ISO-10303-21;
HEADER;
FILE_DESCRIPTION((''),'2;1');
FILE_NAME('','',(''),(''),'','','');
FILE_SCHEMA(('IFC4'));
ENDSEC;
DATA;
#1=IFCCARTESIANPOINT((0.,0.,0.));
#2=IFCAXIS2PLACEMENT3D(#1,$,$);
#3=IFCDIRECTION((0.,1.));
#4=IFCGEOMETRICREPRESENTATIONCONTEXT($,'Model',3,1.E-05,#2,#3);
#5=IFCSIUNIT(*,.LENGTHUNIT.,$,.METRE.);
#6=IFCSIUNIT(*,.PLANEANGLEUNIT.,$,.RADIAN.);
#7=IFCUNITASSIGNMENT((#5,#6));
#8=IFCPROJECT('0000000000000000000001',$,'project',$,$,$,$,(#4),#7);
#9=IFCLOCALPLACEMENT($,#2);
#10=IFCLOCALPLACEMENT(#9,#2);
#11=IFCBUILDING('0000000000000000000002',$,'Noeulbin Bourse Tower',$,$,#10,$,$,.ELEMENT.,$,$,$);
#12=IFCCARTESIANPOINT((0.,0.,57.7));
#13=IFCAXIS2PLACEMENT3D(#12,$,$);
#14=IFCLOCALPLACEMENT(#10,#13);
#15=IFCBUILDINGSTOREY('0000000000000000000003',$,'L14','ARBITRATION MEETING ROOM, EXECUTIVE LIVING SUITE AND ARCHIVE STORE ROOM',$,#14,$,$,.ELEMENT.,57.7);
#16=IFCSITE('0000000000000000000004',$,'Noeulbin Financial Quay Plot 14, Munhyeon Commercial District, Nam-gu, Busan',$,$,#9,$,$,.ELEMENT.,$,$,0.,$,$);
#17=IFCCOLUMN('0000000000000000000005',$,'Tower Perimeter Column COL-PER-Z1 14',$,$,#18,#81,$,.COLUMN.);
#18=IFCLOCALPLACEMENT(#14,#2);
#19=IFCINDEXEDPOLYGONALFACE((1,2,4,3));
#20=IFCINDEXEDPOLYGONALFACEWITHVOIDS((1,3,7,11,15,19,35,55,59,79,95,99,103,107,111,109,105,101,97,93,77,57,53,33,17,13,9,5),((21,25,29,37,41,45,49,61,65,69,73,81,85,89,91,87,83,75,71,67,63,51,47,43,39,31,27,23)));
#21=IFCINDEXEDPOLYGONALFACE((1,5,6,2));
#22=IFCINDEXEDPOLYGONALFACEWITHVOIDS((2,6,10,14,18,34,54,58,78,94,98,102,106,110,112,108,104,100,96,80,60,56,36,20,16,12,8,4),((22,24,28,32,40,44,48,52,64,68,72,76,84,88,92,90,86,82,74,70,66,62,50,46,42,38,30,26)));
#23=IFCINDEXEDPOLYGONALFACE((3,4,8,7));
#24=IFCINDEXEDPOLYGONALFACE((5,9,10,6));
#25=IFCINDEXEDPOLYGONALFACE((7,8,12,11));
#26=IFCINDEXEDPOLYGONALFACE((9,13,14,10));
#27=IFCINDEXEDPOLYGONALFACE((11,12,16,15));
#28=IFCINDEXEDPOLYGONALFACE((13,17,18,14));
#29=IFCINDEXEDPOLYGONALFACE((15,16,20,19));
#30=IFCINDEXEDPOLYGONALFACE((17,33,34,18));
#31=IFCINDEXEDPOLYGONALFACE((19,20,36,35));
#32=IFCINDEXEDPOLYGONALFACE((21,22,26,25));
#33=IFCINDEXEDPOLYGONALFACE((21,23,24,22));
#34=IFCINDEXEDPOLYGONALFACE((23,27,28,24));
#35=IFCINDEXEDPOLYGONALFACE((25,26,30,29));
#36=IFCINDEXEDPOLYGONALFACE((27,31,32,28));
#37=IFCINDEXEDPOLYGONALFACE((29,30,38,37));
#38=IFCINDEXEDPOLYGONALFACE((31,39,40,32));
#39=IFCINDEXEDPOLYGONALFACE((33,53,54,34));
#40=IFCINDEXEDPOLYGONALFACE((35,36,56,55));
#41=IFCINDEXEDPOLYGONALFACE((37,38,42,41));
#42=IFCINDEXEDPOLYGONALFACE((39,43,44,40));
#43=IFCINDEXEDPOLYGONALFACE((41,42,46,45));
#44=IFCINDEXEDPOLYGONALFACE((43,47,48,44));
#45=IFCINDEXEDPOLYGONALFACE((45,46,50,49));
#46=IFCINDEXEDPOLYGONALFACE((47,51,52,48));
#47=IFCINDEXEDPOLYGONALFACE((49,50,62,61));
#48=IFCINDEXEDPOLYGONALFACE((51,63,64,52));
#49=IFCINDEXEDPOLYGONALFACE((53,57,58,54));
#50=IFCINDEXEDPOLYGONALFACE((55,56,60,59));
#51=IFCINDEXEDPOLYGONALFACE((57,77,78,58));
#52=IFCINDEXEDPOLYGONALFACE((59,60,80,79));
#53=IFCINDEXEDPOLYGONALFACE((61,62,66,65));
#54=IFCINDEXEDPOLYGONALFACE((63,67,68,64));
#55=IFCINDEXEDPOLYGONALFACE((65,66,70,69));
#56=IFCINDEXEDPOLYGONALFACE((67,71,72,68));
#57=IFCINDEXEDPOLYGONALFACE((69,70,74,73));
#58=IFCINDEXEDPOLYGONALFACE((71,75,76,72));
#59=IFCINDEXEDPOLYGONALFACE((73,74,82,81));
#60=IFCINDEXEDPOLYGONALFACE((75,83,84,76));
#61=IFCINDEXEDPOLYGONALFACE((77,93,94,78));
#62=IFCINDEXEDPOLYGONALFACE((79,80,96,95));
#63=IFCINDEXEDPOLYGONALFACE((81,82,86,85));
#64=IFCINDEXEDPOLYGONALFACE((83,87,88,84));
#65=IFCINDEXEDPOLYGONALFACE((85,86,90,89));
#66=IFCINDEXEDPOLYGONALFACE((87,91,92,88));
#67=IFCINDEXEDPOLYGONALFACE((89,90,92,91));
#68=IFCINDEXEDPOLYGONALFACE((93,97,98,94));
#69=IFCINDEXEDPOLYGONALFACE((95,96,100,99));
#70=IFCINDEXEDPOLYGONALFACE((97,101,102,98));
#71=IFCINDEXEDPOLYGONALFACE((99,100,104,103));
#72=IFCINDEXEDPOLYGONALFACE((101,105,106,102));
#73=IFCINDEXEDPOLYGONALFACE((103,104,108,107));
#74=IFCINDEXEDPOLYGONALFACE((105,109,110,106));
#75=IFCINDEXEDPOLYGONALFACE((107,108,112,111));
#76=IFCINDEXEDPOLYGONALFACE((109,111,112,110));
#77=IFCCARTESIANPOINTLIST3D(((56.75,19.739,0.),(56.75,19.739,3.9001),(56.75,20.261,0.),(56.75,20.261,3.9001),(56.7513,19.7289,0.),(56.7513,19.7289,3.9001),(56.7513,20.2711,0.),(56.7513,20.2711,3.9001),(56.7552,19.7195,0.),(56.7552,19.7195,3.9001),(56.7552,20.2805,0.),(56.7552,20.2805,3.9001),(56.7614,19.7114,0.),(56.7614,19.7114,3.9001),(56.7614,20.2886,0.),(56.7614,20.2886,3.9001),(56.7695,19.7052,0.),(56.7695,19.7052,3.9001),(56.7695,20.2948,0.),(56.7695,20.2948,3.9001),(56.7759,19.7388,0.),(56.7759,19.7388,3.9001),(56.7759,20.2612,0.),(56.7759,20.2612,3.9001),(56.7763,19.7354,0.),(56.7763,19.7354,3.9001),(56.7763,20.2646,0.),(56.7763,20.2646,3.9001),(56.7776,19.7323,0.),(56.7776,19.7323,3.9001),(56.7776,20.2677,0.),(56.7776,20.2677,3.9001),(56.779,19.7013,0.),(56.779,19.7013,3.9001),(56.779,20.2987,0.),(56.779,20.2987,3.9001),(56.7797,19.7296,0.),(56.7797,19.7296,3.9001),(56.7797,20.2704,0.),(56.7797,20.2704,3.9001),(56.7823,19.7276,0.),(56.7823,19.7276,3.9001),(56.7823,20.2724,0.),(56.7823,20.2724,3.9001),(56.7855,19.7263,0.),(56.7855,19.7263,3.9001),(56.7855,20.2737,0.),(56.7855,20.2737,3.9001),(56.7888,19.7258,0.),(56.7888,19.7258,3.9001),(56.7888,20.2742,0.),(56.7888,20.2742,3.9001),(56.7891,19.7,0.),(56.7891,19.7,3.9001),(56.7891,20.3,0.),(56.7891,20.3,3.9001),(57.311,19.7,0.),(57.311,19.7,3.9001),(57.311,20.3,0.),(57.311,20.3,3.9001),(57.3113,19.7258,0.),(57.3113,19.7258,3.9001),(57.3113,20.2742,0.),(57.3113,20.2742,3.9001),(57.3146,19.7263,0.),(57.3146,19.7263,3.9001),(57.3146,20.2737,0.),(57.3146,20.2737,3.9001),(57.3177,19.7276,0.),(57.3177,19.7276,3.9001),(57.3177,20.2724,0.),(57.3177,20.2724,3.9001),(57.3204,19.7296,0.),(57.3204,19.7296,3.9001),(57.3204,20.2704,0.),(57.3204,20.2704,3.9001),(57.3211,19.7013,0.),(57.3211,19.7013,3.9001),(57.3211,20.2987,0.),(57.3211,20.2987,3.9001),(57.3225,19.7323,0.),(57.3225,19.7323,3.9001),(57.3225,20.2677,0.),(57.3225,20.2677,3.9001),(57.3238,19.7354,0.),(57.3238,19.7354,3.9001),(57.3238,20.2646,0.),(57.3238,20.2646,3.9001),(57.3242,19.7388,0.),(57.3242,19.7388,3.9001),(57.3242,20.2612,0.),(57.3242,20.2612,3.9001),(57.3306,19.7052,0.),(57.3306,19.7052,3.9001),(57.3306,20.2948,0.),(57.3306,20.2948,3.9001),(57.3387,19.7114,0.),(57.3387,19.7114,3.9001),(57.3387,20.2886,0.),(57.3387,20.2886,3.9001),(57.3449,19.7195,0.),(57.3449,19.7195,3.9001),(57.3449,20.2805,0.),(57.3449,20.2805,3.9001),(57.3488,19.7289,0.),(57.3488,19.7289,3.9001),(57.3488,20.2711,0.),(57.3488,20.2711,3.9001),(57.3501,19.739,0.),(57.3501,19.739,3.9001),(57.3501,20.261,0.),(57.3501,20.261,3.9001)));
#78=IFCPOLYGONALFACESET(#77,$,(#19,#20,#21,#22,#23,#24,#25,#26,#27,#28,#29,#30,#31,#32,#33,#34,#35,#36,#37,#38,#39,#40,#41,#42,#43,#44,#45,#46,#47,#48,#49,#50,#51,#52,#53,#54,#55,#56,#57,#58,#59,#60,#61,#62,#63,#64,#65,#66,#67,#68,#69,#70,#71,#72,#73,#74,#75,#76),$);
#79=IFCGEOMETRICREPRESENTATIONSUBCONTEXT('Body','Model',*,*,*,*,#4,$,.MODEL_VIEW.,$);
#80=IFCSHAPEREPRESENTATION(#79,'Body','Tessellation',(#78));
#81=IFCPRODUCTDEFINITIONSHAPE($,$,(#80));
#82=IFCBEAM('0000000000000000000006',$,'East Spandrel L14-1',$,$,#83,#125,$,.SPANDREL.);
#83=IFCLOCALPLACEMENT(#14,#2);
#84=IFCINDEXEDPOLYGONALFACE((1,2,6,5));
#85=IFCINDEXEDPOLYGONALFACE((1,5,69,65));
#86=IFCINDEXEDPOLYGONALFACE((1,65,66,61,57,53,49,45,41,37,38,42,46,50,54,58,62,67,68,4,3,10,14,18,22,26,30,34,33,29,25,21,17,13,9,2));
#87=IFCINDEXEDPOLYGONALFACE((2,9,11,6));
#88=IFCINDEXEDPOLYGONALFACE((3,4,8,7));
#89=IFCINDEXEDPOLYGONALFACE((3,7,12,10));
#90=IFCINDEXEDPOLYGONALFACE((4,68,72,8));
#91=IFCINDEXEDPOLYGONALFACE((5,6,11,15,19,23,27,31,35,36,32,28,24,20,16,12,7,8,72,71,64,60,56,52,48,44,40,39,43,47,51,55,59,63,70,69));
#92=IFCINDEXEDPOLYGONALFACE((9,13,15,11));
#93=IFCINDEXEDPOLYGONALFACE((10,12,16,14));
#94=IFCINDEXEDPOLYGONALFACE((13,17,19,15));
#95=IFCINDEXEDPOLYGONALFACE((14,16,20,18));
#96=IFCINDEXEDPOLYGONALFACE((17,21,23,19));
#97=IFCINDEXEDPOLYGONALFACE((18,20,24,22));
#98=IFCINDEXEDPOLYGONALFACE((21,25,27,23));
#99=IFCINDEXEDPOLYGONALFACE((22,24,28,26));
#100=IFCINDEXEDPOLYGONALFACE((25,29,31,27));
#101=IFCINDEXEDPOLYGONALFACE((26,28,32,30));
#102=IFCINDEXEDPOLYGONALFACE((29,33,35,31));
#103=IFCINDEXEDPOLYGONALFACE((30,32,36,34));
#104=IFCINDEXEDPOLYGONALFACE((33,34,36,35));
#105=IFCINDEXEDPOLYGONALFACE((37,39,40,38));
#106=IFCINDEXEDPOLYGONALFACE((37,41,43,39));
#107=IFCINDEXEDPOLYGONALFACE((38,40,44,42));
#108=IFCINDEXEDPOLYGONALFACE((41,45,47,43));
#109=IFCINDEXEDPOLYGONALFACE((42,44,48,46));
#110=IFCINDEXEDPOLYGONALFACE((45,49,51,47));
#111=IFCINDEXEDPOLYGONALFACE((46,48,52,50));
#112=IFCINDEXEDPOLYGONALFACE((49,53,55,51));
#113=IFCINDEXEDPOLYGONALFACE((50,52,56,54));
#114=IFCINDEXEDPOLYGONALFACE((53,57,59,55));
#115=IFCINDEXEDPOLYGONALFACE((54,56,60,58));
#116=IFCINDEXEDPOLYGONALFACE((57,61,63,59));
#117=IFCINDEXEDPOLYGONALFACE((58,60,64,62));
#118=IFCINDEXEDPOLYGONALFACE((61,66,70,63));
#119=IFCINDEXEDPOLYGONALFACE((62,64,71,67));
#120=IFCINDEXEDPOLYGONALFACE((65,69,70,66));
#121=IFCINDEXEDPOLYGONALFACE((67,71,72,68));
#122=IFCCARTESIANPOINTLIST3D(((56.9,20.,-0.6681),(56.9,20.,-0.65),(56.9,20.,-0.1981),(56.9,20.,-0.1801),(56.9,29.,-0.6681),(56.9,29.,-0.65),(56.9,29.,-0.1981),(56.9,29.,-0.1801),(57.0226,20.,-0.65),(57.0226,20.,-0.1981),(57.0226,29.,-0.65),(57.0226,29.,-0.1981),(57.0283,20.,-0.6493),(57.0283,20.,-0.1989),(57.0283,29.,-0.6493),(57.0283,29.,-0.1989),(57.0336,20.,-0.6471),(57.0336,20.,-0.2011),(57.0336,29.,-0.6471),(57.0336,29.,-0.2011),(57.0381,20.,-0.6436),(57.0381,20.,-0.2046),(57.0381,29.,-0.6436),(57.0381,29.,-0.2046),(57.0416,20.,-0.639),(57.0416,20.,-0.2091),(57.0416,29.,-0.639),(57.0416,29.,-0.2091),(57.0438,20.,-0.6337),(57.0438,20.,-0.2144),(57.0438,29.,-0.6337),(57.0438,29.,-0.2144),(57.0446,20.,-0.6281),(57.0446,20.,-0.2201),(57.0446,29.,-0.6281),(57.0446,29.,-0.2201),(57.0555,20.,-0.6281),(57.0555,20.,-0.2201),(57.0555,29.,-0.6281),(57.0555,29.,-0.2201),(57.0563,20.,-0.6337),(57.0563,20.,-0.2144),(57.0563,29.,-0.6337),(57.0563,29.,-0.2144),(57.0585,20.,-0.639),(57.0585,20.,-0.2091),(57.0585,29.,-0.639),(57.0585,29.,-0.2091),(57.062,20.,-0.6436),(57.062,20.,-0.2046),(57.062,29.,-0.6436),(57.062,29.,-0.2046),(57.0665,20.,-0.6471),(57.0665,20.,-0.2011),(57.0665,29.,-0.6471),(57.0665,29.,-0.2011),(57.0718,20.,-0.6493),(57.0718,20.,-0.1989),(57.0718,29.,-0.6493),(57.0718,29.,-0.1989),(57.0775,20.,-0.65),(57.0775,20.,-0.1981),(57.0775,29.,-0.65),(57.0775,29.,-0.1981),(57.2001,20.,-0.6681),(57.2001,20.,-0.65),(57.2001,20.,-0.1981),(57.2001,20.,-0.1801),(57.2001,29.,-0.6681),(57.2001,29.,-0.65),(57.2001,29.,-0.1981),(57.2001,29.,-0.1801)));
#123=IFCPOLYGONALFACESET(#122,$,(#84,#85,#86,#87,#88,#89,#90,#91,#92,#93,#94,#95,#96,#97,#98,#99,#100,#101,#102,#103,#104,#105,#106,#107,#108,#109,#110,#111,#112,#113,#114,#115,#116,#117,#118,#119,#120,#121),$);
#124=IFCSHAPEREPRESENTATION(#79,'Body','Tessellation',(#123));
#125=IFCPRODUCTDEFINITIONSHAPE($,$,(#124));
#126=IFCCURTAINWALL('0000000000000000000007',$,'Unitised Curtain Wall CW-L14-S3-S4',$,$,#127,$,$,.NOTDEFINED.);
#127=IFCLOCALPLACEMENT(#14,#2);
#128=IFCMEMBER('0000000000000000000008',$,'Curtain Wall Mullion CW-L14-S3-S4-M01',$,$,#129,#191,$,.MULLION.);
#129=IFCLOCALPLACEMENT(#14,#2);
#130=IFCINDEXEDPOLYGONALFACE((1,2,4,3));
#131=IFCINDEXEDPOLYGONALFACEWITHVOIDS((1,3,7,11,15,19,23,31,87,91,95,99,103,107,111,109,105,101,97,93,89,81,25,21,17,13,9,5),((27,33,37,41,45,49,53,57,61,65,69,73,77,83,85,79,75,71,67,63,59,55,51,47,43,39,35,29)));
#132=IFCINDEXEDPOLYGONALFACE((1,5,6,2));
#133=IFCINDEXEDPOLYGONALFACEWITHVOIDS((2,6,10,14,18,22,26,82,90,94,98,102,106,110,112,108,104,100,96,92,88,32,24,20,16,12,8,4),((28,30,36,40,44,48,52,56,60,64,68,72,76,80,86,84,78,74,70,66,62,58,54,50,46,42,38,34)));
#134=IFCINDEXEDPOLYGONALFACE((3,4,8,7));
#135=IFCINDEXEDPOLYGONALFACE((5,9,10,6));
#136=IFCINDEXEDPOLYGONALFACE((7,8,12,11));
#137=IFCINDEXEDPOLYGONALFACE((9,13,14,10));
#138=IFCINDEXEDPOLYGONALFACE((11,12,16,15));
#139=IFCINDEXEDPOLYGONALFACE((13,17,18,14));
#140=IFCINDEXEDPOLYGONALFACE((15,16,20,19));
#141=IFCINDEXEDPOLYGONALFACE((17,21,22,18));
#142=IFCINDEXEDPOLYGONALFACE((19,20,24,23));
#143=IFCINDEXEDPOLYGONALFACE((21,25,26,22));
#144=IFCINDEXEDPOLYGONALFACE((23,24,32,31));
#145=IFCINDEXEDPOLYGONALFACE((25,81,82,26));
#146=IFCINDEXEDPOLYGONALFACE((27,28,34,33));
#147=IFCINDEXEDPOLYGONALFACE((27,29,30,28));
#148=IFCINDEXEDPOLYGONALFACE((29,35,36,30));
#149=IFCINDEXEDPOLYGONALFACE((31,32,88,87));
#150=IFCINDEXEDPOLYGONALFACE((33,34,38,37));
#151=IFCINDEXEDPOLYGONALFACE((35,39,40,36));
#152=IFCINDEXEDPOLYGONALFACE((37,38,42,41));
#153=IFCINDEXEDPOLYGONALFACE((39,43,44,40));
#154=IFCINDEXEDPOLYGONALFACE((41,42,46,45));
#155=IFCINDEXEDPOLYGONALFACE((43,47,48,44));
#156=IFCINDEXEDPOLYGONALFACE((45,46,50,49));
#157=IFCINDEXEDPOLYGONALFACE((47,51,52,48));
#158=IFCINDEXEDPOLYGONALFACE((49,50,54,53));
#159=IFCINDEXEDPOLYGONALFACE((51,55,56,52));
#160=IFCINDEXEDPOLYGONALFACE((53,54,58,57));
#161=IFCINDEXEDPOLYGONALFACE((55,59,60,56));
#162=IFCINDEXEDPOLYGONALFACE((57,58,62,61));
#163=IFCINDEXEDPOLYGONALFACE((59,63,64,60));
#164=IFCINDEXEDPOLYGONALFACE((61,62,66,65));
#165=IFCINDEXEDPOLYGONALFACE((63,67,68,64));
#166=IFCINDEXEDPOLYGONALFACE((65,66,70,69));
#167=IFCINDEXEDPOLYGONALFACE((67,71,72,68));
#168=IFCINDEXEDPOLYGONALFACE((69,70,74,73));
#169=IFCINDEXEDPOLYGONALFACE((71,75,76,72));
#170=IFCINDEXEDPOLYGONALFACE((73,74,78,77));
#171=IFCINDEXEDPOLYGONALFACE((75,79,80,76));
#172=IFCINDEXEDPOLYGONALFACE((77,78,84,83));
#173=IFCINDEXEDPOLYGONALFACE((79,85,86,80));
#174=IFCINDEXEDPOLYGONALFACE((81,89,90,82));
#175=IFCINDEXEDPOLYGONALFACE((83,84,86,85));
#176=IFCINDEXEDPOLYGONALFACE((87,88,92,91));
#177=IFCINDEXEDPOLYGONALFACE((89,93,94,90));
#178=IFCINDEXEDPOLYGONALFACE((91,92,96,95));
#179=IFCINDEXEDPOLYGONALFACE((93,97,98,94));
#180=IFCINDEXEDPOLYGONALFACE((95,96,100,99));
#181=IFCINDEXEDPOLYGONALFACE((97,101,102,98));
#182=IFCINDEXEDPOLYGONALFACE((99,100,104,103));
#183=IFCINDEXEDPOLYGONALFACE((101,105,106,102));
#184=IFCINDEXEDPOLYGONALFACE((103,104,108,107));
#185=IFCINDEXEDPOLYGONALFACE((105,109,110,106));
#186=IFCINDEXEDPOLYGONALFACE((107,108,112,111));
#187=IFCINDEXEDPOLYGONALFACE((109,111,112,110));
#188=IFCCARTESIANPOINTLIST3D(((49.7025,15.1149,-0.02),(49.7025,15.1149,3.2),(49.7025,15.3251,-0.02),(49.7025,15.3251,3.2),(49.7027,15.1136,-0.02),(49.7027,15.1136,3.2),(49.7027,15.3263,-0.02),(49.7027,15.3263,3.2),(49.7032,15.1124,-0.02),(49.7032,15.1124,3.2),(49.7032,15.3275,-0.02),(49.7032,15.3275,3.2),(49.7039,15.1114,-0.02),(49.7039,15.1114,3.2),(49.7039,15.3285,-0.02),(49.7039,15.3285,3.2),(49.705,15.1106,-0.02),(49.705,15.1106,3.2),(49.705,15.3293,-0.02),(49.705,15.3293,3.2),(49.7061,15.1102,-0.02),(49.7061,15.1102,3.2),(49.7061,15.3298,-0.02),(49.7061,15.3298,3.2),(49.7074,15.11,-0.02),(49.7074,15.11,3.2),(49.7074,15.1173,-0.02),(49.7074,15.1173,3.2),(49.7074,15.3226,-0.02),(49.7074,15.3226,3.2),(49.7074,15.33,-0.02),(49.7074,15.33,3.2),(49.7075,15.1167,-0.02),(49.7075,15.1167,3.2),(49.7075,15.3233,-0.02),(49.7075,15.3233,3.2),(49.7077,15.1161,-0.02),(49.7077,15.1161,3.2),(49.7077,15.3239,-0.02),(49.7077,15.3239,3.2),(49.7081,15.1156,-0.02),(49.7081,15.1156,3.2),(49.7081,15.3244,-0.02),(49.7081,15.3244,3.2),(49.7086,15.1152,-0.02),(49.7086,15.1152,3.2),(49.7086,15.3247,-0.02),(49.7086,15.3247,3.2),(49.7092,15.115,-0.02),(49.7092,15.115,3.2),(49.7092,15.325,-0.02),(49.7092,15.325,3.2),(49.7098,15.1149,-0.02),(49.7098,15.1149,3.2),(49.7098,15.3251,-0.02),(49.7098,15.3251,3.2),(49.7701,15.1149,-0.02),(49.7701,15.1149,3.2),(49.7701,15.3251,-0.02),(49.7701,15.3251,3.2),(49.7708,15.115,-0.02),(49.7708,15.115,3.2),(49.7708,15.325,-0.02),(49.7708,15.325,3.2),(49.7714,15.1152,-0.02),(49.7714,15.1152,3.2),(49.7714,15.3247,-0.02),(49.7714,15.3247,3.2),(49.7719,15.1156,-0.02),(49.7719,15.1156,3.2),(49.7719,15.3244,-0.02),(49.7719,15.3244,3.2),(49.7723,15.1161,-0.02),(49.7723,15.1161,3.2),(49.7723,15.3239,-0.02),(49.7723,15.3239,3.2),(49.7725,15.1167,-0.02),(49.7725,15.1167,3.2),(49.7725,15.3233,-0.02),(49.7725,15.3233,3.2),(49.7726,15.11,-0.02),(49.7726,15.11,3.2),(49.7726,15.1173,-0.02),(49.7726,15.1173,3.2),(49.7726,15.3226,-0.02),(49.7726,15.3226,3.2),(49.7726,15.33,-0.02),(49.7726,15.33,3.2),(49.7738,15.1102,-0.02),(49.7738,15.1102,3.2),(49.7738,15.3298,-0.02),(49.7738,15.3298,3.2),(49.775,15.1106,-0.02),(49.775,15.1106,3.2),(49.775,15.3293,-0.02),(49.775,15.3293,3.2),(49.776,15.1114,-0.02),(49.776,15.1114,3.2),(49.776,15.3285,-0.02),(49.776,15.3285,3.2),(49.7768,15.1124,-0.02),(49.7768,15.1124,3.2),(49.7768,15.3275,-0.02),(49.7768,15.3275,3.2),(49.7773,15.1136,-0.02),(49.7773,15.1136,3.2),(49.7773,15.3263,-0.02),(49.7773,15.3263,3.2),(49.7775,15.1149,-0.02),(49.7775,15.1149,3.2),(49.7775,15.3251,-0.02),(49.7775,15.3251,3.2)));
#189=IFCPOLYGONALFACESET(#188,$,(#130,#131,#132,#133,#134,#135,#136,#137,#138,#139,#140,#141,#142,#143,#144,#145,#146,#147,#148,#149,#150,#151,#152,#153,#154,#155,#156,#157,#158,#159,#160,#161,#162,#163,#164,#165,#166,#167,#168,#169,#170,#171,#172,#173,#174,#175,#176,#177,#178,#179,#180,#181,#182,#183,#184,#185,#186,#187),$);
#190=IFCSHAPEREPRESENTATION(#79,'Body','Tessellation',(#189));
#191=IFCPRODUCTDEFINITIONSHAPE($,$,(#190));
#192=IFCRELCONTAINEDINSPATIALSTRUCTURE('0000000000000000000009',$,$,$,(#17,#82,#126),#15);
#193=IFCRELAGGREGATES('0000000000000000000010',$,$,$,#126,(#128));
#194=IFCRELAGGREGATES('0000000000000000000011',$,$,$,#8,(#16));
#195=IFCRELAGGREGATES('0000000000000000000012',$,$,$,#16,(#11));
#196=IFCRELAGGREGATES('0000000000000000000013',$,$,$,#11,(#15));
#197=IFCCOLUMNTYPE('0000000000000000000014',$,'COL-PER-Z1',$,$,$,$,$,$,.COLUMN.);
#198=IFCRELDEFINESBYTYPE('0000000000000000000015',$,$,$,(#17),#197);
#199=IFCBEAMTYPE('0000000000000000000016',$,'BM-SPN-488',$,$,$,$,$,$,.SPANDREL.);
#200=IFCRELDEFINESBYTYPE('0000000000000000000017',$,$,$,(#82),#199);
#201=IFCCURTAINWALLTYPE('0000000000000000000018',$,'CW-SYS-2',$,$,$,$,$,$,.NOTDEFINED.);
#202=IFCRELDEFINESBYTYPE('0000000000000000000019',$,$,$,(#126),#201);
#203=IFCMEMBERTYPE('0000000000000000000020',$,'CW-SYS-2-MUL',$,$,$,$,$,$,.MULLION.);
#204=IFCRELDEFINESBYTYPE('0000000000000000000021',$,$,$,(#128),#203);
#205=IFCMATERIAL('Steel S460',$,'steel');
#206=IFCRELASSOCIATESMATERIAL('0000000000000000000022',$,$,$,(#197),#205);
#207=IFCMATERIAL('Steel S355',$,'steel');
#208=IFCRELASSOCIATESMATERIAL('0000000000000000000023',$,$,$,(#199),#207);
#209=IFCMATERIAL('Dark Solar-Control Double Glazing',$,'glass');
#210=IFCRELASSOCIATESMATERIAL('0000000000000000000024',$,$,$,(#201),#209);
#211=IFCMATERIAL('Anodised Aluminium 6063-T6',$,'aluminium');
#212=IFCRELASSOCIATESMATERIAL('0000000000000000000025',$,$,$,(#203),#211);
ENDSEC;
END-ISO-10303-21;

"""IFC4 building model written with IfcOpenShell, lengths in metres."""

from ifc_helpers import new_model, si_unit, direction, frame, origin, origin_2d, place, context, subcontext, project, spatial, hollow_rectangle, i_section, extrude, material, material_profile, profile_set, type_object, element, aggregate, save


model = new_model("IFC4")

# Units and contexts
model_context = context("Model", 3, precision=1e-05, world=origin(), true_north=direction((0.0, 1.0)))
body_context = subcontext(model_context, "Body", "Model", "MODEL_VIEW")
ifc_project = project(units=[si_unit("LENGTHUNIT", "METRE"), si_unit("PLANEANGLEUNIT", "RADIAN")], contexts=[model_context])

# Site, building, storey
site_placement = place(None, origin())
site = spatial("IfcSite", under=ifc_project, at=site_placement, Name="Noeulbin Financial Quay Plot 14, Munhyeon Commercial District, Nam-gu, Busan", CompositionType="ELEMENT", RefElevation=0.0)
building_placement = place(site_placement, origin())
building = spatial("IfcBuilding", under=site, at=building_placement, Name="Noeulbin Bourse Tower", CompositionType="ELEMENT")
storey_placement = place(building_placement, frame((0.0, 0.0, 57.7)))
storey = spatial("IfcBuildingStorey", under=building, at=storey_placement, Name="L14", Description="ARBITRATION MEETING ROOM, EXECUTIVE LIVING SUITE AND ARCHIVE STORE ROOM", CompositionType="ELEMENT", Elevation=57.7)

# Column
ifc_material_1 = material(Name="Steel S460", Category="steel")
ifc_material_profile_1 = material_profile(ifc_material_1, hollow_rectangle(XDim=0.6001, YDim=0.6001, WallThickness=0.0259, InnerFilletRadius=0.0129, OuterFilletRadius=0.0391, at=origin_2d()), Name="BOX-600x600x26", Category="LoadBearing")
ifc_profile_set_1 = profile_set([ifc_material_profile_1], Name="Steel S460")
column_type = type_object("IfcColumnType", Name="COL-PER-Z1", PredefinedType="COLUMN", material=ifc_profile_set_1)
column_placement = place(storey_placement, frame((57.05, 20.0, 0.0), z_axis=(0.0, 0.0, 1.0), x_axis=(1.0, 0.0, 0.0)))
element("IfcColumn", 1, at=column_placement, inside=storey, type_object=column_type, Name="Tower Perimeter Column COL-PER-Z1 14", PredefinedType="COLUMN", context=body_context, shape_type="SweptSolid", body=[
    extrude(hollow_rectangle(XDim=0.6001, YDim=0.6001, WallThickness=0.0259, InnerFilletRadius=0.0129, OuterFilletRadius=0.0391, at=origin_2d()), origin(), (0.0, 0.0, 1.0), 3.9001),
])

# Beam
ifc_material_2 = material(Name="Steel S355", Category="steel")
ifc_material_profile_2 = material_profile(ifc_material_2, i_section(OverallWidth=0.3, OverallDepth=0.488, WebThickness=0.011, FlangeThickness=0.0181, FilletRadius=0.022, at=origin_2d()), Name="H-488x300x11x18", Category="LoadBearing")
ifc_profile_set_2 = profile_set([ifc_material_profile_2], Name="Steel S355")
beam_type = type_object("IfcBeamType", Name="BM-SPN-488", PredefinedType="SPANDREL", material=ifc_profile_set_2)
beam_placement = place(storey_placement, frame((57.05, 20.0, -0.4241), z_axis=(0.0, 1.0, 0.0), x_axis=(-1.0, 0.0, 0.0)))
element("IfcBeam", 2, at=beam_placement, inside=storey, type_object=beam_type, Name="East Spandrel L14-1", PredefinedType="SPANDREL", context=body_context, shape_type="SweptSolid", body=[
    extrude(i_section(OverallWidth=0.3, OverallDepth=0.488, WebThickness=0.011, FlangeThickness=0.0181, FilletRadius=0.022, at=origin_2d()), origin(), (0.0, 0.0, 1.0), 9.0),
])

# Curtain wall, member
ifc_material_3 = material(Name="Dark Solar-Control Double Glazing", Category="glass")
curtain_wall_type = type_object("IfcCurtainWallType", Name="CW-SYS-2", PredefinedType="NOTDEFINED", material=ifc_material_3)
curtain_wall_1_placement = place(storey_placement, origin())
curtain_wall_1 = element("IfcCurtainWall", 3, at=curtain_wall_1_placement, inside=storey, type_object=curtain_wall_type, Name="Unitised Curtain Wall CW-L14-S3-S4", PredefinedType="NOTDEFINED")
ifc_material_4 = material(Name="Anodised Aluminium 6063-T6", Category="aluminium")
ifc_material_profile_3 = material_profile(ifc_material_4, hollow_rectangle(XDim=0.075, YDim=0.22, WallThickness=0.0049, InnerFilletRadius=0.0024, OuterFilletRadius=0.0049, at=origin_2d()), Name="ALU-MULL-75x220x5", Category="LoadBearing")
ifc_profile_set_3 = profile_set([ifc_material_profile_3], Name="Anodised Aluminium 6063-T6")
member_type_1 = type_object("IfcMemberType", Name="CW-SYS-2-MUL", PredefinedType="MULLION", material=ifc_profile_set_3)
member_1_placement = place(storey_placement, frame((49.74, 15.22, -0.02), z_axis=(0.0, 0.0, 1.0), x_axis=(1.0, 0.0, 0.0)))
member_1 = element("IfcMember", 4, at=member_1_placement, type_object=member_type_1, Name="Curtain Wall Mullion CW-L14-S3-S4-M01", PredefinedType="MULLION", context=body_context, shape_type="SweptSolid", body=[
    extrude(hollow_rectangle(XDim=0.075, YDim=0.22, WallThickness=0.0049, InnerFilletRadius=0.0024, OuterFilletRadius=0.0049, at=origin_2d()), origin(), (0.0, 0.0, 1.0), 3.22),
])

aggregate(curtain_wall_1, [member_1])

save(model, "model.ifc")
